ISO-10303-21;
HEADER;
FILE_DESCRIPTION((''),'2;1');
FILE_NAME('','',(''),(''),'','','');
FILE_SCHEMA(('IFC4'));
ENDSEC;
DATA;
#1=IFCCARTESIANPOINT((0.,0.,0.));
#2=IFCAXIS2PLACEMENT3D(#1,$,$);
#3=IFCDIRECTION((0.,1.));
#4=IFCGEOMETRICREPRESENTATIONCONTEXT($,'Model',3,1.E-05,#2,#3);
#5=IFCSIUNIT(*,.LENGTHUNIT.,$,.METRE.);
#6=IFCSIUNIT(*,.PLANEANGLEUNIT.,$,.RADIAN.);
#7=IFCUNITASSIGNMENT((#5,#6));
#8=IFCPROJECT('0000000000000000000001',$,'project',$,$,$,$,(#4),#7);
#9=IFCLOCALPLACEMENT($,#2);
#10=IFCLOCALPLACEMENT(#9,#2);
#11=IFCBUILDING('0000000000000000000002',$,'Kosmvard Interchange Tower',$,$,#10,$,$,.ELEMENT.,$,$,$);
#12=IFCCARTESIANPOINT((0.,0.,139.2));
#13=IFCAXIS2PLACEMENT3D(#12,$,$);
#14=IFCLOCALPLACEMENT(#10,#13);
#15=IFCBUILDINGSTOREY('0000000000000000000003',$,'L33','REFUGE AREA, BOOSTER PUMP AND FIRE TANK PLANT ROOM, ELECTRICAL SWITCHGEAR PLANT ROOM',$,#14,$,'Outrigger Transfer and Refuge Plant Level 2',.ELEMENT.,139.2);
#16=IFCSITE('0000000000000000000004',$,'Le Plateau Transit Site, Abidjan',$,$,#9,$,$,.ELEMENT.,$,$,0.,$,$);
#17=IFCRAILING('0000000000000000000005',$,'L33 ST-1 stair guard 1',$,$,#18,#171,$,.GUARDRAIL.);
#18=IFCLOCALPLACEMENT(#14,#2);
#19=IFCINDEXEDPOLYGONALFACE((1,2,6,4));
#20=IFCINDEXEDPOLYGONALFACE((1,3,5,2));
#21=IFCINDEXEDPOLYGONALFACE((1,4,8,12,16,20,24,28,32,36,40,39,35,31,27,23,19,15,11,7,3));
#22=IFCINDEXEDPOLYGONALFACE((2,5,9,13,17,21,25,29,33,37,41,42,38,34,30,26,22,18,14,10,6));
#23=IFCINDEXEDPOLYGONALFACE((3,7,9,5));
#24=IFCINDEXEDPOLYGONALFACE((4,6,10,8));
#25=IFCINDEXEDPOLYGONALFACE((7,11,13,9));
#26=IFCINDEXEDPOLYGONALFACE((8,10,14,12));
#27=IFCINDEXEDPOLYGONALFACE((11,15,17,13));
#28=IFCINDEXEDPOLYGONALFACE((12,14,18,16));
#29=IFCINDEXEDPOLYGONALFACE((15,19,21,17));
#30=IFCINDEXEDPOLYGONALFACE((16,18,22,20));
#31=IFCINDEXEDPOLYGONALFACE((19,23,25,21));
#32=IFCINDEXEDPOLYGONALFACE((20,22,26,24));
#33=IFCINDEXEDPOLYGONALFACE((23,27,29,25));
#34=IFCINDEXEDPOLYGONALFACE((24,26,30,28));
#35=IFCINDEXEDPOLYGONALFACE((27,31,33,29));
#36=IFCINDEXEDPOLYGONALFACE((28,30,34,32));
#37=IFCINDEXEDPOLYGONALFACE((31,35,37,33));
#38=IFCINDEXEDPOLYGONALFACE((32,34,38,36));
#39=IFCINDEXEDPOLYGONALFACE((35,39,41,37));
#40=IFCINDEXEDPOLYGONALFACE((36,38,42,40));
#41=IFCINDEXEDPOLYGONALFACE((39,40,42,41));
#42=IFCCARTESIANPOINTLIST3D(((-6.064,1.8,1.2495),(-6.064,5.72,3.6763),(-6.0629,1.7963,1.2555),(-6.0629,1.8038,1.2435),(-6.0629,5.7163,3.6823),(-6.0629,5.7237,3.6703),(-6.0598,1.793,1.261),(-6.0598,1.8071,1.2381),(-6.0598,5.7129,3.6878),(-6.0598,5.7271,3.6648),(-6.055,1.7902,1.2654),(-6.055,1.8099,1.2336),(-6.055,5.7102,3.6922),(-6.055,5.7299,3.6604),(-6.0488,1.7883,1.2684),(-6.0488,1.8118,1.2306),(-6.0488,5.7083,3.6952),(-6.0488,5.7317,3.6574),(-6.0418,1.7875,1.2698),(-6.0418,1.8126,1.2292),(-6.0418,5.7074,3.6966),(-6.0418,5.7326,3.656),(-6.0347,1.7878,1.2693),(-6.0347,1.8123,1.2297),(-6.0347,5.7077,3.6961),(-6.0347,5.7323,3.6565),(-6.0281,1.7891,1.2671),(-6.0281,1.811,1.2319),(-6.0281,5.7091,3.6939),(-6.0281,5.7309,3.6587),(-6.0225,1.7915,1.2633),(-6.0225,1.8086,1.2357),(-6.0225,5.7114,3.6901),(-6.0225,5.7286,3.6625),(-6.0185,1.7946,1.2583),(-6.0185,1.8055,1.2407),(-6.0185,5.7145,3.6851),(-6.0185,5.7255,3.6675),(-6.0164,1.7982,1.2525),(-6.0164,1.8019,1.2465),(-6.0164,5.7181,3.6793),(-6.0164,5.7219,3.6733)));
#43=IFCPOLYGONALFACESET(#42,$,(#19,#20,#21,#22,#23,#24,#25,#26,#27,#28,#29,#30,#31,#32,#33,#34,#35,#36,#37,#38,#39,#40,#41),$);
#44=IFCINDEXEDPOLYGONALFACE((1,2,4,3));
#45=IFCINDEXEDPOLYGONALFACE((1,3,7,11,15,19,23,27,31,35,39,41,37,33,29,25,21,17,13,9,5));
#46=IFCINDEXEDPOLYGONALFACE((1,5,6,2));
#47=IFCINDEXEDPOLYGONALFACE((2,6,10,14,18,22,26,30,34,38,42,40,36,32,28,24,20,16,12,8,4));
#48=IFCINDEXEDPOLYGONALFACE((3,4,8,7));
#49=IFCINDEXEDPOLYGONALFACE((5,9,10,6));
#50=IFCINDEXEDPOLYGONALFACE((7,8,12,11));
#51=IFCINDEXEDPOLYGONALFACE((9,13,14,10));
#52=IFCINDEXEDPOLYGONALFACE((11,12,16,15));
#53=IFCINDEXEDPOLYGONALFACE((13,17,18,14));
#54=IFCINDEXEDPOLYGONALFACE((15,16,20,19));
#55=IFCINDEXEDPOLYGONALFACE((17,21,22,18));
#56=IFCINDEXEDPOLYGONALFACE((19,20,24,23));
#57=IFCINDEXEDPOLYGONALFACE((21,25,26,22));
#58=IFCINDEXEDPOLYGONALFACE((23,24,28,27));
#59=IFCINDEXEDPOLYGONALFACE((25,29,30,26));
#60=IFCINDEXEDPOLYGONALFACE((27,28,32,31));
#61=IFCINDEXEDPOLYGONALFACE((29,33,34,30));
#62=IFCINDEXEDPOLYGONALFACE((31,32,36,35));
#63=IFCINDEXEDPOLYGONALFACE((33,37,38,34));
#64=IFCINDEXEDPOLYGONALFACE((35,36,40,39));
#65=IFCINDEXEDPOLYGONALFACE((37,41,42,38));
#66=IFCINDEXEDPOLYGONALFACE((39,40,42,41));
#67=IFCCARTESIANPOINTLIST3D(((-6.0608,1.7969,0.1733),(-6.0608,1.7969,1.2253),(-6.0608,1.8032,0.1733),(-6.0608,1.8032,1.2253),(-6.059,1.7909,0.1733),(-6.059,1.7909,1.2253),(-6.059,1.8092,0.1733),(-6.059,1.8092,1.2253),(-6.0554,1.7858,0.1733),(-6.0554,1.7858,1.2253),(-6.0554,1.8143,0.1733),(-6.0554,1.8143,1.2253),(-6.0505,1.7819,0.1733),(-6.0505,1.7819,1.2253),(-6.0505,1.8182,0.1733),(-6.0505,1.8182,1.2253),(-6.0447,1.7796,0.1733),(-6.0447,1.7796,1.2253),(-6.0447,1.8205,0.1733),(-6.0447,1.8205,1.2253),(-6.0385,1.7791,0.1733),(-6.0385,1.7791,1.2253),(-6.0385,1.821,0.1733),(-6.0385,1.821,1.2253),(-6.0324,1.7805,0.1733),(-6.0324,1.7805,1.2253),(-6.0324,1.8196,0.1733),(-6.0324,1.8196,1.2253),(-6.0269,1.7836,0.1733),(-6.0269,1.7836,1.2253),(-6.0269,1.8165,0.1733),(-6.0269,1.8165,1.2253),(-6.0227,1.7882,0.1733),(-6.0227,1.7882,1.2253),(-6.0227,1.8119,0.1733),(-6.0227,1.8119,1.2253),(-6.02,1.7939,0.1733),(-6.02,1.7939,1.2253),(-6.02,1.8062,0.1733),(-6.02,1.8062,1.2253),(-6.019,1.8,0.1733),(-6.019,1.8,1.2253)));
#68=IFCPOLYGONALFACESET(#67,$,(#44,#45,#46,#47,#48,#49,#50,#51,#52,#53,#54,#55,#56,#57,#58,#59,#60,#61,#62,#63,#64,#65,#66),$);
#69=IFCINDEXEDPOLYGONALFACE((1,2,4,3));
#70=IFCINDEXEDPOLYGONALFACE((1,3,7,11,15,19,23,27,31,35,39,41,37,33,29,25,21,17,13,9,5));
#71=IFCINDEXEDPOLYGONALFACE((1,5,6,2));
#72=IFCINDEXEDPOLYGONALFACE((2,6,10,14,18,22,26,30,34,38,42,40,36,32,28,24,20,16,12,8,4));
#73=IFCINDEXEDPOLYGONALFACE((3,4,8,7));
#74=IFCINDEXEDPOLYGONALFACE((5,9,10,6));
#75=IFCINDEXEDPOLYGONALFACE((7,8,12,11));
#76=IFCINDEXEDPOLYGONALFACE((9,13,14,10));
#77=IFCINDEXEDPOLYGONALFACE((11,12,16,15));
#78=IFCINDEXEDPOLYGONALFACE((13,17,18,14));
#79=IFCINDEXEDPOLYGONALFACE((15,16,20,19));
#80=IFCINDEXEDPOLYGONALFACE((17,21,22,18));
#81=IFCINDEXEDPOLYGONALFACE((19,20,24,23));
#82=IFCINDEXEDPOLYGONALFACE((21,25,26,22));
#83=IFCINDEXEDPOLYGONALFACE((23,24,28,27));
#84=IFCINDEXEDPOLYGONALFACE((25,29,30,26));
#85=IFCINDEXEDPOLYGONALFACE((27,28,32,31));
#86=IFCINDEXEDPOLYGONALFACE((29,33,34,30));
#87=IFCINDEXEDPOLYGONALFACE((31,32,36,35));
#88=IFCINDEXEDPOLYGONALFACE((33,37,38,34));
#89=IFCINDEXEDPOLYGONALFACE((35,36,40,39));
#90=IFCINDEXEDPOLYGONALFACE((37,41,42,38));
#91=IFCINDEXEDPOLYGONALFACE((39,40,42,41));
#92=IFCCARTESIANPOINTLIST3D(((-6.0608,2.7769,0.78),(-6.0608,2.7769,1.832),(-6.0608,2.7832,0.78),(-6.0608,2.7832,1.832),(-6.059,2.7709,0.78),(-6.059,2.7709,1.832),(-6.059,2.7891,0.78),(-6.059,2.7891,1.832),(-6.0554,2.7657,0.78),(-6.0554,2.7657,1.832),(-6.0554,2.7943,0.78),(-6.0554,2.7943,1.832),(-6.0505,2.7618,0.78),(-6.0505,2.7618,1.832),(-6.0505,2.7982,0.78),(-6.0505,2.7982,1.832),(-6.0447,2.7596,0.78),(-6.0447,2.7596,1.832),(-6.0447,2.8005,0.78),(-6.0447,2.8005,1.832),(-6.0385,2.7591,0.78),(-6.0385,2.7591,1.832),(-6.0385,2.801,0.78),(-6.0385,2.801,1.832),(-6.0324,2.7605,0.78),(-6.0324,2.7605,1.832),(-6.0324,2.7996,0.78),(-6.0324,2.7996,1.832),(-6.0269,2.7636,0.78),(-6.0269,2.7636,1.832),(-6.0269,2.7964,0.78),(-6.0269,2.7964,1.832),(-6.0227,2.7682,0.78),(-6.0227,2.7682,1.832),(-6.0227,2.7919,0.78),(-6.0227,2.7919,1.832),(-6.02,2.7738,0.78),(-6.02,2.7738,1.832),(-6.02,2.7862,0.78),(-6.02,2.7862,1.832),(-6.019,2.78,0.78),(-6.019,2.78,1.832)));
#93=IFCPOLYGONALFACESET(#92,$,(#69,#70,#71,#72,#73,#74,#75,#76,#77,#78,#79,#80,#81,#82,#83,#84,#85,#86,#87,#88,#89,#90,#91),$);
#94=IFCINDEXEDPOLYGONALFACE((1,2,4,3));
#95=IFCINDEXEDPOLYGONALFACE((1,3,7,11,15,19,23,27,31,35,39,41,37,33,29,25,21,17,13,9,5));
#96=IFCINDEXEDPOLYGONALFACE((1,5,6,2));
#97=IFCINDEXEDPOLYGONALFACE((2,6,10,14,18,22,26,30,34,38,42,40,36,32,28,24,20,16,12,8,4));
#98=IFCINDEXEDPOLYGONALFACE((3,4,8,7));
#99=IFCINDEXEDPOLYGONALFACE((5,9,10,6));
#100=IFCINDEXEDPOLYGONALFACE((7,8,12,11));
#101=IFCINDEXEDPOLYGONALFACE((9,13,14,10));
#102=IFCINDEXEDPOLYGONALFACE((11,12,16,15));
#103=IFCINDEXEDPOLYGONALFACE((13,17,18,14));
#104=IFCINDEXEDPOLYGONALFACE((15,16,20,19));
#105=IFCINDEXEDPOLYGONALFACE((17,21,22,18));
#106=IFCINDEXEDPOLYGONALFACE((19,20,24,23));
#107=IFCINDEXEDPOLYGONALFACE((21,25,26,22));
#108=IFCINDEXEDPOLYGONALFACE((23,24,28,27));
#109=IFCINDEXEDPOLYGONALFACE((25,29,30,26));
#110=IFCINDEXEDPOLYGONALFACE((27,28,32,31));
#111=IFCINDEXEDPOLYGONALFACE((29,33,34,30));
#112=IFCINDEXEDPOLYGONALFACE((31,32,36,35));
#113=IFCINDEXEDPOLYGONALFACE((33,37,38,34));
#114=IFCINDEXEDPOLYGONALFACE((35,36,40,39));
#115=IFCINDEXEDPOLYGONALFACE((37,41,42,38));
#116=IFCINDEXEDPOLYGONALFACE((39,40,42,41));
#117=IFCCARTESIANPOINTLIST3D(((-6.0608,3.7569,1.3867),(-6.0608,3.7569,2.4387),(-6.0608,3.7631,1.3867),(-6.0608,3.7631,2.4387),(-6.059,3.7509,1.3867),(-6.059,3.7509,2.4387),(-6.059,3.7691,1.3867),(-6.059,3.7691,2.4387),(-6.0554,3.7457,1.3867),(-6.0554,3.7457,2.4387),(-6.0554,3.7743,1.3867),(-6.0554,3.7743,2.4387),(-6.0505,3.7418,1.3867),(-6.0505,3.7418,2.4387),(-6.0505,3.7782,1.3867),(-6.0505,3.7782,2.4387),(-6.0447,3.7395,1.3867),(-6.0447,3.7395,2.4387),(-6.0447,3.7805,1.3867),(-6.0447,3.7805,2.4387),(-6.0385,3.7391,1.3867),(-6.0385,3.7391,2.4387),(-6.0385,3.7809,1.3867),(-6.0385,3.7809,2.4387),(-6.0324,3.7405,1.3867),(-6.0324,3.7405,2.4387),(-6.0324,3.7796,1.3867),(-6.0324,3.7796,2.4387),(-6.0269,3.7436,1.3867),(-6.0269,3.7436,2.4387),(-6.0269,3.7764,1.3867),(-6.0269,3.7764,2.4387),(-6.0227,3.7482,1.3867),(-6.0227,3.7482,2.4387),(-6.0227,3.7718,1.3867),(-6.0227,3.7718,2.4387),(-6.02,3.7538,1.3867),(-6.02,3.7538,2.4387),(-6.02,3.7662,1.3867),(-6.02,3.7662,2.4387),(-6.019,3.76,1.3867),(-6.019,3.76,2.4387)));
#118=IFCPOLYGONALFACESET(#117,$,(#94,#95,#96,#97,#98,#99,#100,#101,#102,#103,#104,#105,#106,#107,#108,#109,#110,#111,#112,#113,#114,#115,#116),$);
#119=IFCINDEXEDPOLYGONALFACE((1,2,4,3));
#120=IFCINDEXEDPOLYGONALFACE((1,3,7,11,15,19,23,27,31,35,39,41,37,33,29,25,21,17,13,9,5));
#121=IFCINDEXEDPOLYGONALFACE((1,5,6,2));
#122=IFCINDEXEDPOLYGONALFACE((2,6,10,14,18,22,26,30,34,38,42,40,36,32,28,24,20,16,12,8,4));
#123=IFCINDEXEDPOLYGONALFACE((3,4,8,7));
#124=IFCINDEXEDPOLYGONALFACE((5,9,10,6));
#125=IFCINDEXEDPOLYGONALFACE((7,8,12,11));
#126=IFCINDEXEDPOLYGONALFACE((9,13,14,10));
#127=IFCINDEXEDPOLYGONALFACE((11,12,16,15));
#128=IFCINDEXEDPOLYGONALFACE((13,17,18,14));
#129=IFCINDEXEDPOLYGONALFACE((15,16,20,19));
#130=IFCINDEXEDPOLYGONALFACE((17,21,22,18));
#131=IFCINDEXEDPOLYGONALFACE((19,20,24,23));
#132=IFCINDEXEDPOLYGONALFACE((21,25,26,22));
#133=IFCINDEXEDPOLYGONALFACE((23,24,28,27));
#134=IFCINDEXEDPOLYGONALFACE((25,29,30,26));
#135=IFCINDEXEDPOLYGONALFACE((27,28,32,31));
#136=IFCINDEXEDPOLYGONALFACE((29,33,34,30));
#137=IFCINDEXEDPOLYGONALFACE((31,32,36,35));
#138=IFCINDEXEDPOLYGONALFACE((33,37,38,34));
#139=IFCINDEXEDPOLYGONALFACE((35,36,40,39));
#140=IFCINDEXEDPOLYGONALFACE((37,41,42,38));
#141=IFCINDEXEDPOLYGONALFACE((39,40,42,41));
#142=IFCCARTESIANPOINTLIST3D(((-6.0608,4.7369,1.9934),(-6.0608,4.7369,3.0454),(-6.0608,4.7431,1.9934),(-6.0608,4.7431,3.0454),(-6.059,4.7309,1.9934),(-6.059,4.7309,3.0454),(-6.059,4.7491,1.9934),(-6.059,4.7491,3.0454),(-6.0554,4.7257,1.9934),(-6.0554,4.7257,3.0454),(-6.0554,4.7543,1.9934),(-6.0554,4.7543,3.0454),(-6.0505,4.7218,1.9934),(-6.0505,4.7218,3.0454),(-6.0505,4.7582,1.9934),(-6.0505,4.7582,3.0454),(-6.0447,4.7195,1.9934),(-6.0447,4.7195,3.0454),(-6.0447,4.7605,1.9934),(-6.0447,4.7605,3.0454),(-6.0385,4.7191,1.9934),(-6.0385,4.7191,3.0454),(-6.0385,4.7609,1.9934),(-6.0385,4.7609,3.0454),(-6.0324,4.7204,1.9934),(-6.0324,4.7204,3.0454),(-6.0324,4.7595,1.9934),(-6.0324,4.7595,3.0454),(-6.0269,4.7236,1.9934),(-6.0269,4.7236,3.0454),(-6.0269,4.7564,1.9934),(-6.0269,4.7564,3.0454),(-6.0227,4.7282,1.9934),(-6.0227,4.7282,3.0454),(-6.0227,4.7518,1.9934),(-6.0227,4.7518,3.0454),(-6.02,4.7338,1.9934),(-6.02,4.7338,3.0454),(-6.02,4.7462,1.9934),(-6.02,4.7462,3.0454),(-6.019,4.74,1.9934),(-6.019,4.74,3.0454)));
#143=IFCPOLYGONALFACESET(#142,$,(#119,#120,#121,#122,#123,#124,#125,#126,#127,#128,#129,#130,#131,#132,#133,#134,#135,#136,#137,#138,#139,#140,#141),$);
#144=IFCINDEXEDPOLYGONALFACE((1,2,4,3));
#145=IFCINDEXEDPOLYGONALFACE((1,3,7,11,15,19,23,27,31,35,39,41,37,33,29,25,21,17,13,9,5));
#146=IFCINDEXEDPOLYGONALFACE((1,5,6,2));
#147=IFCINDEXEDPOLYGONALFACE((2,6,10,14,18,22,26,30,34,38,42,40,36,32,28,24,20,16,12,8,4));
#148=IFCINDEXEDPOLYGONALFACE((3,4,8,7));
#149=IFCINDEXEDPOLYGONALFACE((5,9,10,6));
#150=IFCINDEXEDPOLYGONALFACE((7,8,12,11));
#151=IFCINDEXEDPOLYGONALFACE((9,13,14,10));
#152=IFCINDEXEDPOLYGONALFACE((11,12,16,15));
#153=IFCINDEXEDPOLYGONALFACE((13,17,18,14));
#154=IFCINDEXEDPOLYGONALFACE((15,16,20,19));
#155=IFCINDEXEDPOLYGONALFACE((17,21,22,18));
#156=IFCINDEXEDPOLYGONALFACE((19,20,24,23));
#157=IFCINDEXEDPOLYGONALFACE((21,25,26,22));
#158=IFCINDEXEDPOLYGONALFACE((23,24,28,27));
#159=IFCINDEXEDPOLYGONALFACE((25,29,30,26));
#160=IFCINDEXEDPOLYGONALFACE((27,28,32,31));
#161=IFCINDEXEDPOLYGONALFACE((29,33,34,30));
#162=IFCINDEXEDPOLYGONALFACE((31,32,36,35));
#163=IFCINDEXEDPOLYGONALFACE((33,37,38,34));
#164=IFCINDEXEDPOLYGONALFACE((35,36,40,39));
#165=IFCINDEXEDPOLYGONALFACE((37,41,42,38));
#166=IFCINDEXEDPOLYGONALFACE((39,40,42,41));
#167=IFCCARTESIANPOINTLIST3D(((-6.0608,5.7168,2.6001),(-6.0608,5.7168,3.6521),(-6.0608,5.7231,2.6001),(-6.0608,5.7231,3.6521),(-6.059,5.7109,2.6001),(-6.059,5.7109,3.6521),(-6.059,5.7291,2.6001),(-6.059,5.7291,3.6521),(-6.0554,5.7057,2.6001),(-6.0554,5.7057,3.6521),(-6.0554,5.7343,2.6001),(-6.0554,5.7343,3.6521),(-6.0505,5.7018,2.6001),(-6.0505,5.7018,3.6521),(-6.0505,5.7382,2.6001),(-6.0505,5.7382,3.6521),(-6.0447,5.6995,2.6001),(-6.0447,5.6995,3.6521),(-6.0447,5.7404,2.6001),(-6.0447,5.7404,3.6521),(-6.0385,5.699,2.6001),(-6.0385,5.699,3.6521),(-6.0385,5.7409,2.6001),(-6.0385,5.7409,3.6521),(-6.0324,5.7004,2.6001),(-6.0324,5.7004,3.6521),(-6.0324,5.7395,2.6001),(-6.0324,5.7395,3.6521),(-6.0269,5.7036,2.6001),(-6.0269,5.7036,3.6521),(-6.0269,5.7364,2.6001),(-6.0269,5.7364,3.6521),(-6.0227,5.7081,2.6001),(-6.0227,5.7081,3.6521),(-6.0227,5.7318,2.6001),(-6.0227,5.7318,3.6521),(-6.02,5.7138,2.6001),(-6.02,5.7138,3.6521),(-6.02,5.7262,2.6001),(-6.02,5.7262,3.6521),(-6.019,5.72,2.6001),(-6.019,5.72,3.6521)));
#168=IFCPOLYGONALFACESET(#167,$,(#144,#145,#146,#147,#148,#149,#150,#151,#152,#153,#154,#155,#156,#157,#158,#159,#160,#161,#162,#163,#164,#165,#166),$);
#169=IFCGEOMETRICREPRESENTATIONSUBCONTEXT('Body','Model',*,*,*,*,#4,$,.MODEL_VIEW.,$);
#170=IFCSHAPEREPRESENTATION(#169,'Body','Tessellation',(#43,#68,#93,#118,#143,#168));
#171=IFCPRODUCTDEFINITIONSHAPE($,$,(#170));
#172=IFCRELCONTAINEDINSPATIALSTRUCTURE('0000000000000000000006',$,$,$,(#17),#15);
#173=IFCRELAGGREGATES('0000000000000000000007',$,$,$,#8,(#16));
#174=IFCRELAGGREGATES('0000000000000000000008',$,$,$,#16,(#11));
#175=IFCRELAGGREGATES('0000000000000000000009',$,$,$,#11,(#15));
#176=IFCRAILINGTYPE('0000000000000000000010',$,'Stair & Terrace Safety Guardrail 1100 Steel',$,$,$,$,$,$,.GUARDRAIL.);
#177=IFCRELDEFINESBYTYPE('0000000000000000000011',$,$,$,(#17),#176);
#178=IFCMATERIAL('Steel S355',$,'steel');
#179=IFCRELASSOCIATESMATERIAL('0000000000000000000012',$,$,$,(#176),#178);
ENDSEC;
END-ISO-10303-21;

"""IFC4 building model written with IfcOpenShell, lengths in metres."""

from ifc_helpers import new_model, si_unit, direction, frame, origin, origin_2d, place, context, subcontext, project, spatial, circle, extrude, source, transform, mapped, material, type_object, element, save


model = new_model("IFC4")

# Units and contexts
model_context = context("Model", 3, precision=1e-05, world=origin(), true_north=direction((0.0, 1.0)))
body_context = subcontext(model_context, "Body", "Model", "MODEL_VIEW")
ifc_project = project(units=[si_unit("LENGTHUNIT", "METRE"), si_unit("PLANEANGLEUNIT", "RADIAN")], contexts=[model_context])

# Site, building, storey
site_placement = place(None, origin())
site = spatial("IfcSite", under=ifc_project, at=site_placement, Name="Le Plateau Transit Site, Abidjan", CompositionType="ELEMENT", RefElevation=0.0)
building_placement = place(site_placement, origin())
building = spatial("IfcBuilding", under=site, at=building_placement, Name="Kosmvard Interchange Tower", CompositionType="ELEMENT")
storey_placement = place(building_placement, frame((0.0, 0.0, 139.2)))
storey = spatial("IfcBuildingStorey", under=building, at=storey_placement, Name="L33", Description="REFUGE AREA, BOOSTER PUMP AND FIRE TANK PLANT ROOM, ELECTRICAL SWITCHGEAR PLANT ROOM", LongName="Outrigger Transfer and Refuge Plant Level 2", CompositionType="ELEMENT", Elevation=139.2)

# Railing
ifc_material_1 = material(Name="Steel S355", Category="steel")
railing_type_1 = type_object("IfcRailingType", Name="Stair & Terrace Safety Guardrail 1100 Steel", PredefinedType="GUARDRAIL", material=ifc_material_1)
shared_shape_1 = source(origin(), body_context, "Body", "SweptSolid", [
    extrude(circle(Radius=0.0239, at=origin_2d()), frame((0.0, 0.0, 1.0762), z_axis=(0.0, 0.850252, 0.526376), x_axis=(-1.0, 0.0, 0.0)), (0.0, 0.0, 1.0), 4.6104),
    extrude(circle(Radius=0.021, at=origin_2d()), origin(), (0.0, 0.0, 1.0), 1.052),
    extrude(circle(Radius=0.021, at=origin_2d()), frame((0.0, 0.98, 0.6067)), (0.0, 0.0, 1.0), 1.052),
    extrude(circle(Radius=0.021, at=origin_2d()), frame((0.0, 1.96, 1.2134)), (0.0, 0.0, 1.0), 1.052),
    extrude(circle(Radius=0.021, at=origin_2d()), frame((0.0, 2.9399, 1.8201)), (0.0, 0.0, 1.0), 1.052),
    extrude(circle(Radius=0.021, at=origin_2d()), frame((0.0, 3.9199, 2.4268)), (0.0, 0.0, 1.0), 1.052),
])
railing_1_placement = place(storey_placement, frame((-6.04, 1.8, 0.1733)))
element("IfcRailing", 1, at=railing_1_placement, inside=storey, type_object=railing_type_1, Name="L33 ST-1 stair guard 1", PredefinedType="GUARDRAIL", context=body_context, shape_type="MappedRepresentation", body=[
    mapped(shared_shape_1, transform((0.0, 0.0, 0.0), scale=1.0)),
])

save(model, "model.ifc")
